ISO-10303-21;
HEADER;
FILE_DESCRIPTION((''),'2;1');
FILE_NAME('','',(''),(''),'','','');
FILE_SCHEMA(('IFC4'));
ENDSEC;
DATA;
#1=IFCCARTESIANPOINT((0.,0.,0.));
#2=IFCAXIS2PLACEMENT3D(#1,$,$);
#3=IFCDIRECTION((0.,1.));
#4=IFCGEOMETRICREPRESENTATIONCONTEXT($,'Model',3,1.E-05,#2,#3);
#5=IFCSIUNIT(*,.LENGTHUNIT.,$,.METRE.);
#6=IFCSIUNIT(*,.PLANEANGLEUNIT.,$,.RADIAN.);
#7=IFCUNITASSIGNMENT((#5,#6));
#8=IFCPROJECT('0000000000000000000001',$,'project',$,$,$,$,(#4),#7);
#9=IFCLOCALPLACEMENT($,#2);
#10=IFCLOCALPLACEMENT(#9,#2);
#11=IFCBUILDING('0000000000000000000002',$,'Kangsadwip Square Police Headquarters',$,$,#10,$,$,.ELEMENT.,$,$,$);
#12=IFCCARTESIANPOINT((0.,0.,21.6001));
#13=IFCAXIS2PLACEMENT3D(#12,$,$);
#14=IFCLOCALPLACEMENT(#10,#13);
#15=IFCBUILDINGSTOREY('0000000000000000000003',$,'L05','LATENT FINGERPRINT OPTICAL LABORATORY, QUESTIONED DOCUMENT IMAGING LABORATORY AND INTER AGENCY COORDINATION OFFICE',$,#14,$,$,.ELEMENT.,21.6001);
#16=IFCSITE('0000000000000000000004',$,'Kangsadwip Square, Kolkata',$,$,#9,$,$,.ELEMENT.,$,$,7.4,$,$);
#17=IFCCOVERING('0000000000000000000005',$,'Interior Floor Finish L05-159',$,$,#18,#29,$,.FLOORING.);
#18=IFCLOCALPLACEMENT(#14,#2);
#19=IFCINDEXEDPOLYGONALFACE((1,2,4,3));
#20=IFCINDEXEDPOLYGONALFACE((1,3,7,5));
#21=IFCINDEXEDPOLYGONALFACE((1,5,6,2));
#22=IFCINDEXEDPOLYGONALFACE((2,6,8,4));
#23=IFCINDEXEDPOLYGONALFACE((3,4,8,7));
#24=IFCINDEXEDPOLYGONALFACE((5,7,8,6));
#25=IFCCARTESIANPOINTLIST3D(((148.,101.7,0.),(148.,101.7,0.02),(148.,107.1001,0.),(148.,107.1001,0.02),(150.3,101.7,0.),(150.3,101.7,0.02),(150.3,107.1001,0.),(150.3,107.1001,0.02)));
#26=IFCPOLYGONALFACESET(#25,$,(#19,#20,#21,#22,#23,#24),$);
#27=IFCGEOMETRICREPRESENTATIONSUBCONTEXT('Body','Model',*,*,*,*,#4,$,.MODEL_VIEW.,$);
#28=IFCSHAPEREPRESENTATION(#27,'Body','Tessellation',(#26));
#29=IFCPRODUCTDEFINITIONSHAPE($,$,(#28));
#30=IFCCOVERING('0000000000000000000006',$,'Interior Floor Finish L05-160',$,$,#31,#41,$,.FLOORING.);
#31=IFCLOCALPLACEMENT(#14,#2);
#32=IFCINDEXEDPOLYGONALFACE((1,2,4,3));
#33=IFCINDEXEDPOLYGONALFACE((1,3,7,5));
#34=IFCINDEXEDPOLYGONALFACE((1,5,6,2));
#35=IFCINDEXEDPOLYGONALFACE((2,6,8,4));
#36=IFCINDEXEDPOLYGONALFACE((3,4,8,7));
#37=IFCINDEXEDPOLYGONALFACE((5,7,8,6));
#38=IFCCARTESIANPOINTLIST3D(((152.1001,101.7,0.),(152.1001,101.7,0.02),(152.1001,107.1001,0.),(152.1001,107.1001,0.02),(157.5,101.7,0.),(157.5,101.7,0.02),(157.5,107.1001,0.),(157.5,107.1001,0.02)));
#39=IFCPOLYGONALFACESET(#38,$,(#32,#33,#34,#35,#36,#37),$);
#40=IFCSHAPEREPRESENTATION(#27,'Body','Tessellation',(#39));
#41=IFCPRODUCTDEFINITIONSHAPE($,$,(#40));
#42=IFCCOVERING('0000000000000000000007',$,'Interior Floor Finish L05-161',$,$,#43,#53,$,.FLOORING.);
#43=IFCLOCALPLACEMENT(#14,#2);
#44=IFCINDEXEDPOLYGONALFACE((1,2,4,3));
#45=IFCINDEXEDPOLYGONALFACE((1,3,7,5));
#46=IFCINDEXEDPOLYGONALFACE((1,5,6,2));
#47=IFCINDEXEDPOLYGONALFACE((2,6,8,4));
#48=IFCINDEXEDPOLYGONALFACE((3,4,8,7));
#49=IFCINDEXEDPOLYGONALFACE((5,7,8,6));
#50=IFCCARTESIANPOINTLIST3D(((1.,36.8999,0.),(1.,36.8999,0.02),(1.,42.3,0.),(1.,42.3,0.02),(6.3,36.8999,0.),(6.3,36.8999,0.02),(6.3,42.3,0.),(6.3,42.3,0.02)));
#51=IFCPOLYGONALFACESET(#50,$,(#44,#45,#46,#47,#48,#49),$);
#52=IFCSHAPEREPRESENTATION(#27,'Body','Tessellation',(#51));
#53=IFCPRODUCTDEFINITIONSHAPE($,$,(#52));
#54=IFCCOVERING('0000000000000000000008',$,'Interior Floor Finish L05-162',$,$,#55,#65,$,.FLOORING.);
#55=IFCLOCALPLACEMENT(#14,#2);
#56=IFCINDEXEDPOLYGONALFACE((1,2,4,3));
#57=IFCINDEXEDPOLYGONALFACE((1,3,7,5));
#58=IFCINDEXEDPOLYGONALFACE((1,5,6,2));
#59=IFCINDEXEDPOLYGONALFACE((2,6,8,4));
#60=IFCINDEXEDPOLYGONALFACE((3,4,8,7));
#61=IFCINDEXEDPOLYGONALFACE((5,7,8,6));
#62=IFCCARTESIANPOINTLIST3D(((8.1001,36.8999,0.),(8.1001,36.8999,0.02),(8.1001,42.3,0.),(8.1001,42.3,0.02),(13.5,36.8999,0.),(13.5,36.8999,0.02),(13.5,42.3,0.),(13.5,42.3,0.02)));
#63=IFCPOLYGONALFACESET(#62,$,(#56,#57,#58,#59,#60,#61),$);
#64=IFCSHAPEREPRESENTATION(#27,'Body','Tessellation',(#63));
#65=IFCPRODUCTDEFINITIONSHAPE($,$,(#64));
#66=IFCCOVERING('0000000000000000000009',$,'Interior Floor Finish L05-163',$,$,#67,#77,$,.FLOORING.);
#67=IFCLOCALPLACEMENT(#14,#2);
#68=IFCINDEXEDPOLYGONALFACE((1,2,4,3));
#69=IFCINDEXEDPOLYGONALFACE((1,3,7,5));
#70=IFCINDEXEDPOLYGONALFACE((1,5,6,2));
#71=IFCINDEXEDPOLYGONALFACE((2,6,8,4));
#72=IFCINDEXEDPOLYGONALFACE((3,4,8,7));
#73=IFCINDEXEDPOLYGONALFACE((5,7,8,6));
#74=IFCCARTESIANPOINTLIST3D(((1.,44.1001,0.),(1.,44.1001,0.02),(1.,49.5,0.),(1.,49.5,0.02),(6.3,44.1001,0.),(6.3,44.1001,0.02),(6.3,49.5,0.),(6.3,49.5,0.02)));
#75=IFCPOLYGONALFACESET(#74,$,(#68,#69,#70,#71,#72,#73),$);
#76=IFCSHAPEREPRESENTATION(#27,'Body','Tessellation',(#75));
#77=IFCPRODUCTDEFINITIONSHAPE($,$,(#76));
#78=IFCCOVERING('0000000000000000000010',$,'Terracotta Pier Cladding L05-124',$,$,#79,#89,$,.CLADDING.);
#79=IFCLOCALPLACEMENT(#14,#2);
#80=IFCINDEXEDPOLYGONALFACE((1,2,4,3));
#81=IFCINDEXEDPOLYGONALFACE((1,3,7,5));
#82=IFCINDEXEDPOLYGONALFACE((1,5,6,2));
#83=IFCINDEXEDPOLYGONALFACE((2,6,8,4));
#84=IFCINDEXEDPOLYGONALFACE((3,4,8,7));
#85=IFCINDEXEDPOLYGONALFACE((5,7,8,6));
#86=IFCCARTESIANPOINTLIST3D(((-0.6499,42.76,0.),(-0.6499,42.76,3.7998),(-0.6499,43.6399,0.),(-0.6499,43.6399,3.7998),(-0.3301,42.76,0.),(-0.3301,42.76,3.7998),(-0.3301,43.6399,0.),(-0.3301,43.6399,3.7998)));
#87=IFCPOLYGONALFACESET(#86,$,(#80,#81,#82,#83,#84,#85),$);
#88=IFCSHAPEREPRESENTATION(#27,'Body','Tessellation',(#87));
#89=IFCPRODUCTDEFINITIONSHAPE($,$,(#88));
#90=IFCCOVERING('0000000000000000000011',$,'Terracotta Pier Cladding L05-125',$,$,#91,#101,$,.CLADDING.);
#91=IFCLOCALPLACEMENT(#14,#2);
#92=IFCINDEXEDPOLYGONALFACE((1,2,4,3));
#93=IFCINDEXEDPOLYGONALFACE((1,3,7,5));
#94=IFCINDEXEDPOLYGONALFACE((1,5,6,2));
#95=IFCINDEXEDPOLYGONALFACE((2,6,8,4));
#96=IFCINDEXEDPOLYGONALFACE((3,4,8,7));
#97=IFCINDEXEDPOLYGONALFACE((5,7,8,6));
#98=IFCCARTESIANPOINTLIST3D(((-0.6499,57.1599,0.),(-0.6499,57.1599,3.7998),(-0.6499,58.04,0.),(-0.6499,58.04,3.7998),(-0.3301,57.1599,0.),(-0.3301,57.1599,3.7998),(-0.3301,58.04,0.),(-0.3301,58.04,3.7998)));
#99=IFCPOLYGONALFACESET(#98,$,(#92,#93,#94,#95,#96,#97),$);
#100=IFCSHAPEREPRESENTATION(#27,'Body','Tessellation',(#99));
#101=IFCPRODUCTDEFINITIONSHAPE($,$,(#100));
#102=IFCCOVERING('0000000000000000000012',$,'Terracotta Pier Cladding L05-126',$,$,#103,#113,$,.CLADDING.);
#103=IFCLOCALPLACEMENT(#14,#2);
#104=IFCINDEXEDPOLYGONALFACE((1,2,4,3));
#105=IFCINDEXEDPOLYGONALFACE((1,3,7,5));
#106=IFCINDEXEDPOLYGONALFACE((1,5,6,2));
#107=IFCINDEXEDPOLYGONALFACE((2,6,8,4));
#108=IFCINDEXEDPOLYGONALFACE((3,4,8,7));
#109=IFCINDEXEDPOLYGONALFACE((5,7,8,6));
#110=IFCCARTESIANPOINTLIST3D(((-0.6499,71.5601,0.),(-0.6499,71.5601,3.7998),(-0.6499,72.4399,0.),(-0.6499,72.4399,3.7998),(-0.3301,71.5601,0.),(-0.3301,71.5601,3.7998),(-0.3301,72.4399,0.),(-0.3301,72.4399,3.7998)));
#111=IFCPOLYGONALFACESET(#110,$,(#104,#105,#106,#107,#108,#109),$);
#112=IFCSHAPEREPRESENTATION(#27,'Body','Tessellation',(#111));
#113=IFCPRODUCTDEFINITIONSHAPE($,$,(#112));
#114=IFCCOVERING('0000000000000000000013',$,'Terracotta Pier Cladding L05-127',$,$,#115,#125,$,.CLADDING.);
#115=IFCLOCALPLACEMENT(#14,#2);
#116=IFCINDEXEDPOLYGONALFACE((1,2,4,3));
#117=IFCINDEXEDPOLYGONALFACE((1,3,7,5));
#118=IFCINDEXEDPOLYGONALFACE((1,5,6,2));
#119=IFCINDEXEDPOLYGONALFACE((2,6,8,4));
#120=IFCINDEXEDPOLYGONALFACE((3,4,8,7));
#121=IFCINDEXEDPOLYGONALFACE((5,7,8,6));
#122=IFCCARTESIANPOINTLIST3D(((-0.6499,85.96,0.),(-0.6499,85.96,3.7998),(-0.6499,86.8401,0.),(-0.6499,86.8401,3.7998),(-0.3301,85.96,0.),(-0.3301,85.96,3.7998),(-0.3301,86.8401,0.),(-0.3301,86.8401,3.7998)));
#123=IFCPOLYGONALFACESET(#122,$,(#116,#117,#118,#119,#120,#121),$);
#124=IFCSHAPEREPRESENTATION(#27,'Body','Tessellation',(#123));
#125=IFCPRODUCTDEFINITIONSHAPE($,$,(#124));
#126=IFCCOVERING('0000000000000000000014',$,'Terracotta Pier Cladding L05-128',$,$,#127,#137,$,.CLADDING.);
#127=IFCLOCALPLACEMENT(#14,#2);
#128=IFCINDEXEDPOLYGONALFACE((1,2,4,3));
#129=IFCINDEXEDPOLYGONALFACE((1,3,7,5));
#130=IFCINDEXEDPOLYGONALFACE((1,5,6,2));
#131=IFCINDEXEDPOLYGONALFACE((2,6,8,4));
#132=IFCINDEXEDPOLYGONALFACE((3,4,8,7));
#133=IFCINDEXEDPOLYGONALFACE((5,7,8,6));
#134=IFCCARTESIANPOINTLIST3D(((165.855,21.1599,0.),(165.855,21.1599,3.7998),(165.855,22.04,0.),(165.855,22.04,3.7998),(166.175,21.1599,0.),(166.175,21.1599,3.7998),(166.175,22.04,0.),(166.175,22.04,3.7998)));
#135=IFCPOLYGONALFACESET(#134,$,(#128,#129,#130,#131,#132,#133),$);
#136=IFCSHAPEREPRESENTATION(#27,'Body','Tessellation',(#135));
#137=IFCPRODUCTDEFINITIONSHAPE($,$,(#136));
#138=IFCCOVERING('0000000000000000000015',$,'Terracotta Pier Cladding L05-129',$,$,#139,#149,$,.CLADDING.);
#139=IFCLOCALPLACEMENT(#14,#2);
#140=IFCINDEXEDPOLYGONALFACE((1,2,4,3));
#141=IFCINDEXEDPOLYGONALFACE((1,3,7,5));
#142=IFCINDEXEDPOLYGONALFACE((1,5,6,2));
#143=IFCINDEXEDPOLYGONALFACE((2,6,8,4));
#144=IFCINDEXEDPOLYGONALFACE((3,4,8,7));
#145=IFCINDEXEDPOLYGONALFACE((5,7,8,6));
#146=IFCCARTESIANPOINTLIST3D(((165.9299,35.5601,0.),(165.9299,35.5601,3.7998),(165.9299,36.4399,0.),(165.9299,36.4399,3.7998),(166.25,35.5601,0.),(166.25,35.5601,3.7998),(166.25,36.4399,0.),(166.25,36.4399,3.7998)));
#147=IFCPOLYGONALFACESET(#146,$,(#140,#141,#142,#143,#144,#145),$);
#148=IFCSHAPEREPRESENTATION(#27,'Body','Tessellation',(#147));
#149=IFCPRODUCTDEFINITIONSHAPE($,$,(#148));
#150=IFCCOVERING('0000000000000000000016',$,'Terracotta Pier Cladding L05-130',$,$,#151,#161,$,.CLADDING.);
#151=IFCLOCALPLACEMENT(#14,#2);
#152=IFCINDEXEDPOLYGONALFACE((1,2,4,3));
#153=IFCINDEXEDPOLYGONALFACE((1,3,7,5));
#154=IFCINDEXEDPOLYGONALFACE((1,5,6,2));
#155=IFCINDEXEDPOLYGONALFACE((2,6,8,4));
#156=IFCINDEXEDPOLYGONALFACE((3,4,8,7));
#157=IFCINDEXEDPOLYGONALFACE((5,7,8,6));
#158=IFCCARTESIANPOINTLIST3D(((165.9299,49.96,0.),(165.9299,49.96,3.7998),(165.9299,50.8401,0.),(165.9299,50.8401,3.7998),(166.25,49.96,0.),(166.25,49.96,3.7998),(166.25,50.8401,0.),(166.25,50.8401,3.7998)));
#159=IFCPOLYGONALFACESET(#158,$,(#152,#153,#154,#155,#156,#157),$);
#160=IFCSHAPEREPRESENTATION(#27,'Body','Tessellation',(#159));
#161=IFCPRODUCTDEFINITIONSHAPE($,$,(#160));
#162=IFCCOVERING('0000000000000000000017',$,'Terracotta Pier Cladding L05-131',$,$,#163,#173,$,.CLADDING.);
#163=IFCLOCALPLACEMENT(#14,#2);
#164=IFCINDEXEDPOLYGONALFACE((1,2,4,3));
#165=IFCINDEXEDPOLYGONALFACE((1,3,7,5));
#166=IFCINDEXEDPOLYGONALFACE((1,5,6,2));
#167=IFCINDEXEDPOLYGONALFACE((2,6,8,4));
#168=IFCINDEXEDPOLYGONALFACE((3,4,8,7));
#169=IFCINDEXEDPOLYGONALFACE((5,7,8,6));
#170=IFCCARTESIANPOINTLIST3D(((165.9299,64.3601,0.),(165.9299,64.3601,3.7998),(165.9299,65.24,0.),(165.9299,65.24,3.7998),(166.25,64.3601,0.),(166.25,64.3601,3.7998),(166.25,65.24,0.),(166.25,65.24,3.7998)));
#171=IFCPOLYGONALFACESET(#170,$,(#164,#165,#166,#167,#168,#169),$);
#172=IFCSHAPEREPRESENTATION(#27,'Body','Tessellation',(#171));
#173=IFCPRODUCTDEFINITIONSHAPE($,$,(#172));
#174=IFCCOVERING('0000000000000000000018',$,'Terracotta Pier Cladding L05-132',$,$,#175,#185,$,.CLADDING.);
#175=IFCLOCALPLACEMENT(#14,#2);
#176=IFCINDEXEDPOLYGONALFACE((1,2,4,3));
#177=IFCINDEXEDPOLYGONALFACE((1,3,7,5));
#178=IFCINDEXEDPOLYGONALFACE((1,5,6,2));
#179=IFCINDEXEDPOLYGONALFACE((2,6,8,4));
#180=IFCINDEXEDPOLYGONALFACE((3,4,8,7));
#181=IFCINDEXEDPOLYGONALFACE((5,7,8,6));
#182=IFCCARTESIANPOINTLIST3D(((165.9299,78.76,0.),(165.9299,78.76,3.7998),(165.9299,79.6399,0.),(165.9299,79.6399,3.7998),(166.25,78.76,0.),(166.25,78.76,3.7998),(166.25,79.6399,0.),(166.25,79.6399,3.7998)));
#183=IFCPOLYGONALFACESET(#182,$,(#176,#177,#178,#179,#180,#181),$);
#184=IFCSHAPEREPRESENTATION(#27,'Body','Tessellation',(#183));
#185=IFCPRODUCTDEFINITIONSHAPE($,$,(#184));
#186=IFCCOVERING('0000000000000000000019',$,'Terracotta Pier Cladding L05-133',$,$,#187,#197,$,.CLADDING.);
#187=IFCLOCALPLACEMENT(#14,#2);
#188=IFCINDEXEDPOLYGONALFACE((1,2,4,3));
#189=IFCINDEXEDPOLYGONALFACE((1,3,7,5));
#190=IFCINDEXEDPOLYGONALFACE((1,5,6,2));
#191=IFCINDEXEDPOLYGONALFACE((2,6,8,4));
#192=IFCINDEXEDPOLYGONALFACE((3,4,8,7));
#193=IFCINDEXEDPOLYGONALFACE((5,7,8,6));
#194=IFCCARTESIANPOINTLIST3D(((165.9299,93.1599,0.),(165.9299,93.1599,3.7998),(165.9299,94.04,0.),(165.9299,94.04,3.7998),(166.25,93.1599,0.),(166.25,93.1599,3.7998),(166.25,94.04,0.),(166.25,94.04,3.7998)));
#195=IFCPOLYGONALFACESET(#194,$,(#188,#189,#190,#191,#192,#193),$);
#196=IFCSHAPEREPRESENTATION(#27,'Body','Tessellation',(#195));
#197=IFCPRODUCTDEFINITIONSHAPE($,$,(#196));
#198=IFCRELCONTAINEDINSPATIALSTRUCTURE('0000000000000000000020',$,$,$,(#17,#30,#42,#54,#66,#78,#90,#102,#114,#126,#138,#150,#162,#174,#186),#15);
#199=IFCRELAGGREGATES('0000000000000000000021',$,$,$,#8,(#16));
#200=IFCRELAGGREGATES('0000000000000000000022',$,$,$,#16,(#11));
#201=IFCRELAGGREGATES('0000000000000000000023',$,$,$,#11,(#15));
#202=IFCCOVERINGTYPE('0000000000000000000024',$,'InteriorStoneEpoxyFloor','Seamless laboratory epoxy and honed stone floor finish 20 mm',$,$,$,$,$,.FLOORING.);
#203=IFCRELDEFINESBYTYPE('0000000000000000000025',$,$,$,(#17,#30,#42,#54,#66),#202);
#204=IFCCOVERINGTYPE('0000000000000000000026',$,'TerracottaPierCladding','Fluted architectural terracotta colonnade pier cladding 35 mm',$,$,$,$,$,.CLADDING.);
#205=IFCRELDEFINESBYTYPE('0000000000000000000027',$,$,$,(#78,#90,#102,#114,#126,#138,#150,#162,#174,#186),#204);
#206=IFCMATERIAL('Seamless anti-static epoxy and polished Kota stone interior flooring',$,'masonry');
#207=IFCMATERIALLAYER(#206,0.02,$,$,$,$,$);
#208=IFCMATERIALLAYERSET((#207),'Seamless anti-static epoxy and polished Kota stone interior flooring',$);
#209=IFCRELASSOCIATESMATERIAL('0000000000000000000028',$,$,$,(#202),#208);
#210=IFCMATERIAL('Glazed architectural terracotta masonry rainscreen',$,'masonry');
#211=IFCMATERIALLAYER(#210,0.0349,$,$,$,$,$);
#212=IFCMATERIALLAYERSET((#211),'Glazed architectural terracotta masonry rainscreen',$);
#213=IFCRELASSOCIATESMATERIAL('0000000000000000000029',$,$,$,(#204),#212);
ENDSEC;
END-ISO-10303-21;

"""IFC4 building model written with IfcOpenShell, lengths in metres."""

from ifc_helpers import new_model, si_unit, direction, frame, origin, place, context, subcontext, project, spatial, polyline, outline, extrude, material, layer, layer_set, type_object, element, save


model = new_model("IFC4")

# Units and contexts
model_context = context("Model", 3, precision=1e-05, world=origin(), true_north=direction((0.0, 1.0)))
body_context = subcontext(model_context, "Body", "Model", "MODEL_VIEW")
ifc_project = project(units=[si_unit("LENGTHUNIT", "METRE"), si_unit("PLANEANGLEUNIT", "RADIAN")], contexts=[model_context])

# Site, building, storey
site_placement = place(None, origin())
site = spatial("IfcSite", under=ifc_project, at=site_placement, Name="Kangsadwip Square, Kolkata", CompositionType="ELEMENT", RefElevation=7.4)
building_placement = place(site_placement, origin())
building = spatial("IfcBuilding", under=site, at=building_placement, Name="Kangsadwip Square Police Headquarters", CompositionType="ELEMENT")
storey_placement = place(building_placement, frame((0.0, 0.0, 21.6001)))
storey = spatial("IfcBuildingStorey", under=building, at=storey_placement, Name="L05", Description="LATENT FINGERPRINT OPTICAL LABORATORY, QUESTIONED DOCUMENT IMAGING LABORATORY AND INTER AGENCY COORDINATION OFFICE", CompositionType="ELEMENT", Elevation=21.6001)

# Coverings
ifc_material_1 = material(Name="Seamless anti-static epoxy and polished Kota stone interior flooring", Category="masonry")
ifc_layer_1 = layer(ifc_material_1, 0.02)
ifc_layer_set_1 = layer_set([ifc_layer_1], Name="Seamless anti-static epoxy and polished Kota stone interior flooring")
covering_type_1 = type_object("IfcCoveringType", Name="InteriorStoneEpoxyFloor", Description="Seamless laboratory epoxy and honed stone floor finish 20 mm", PredefinedType="FLOORING", material=ifc_layer_set_1)
covering_1_placement = place(storey_placement, origin())
element("IfcCovering", 1, at=covering_1_placement, inside=storey, type_object=covering_type_1, Name="Interior Floor Finish L05-159", PredefinedType="FLOORING", context=body_context, shape_type="SweptSolid", body=[
    extrude(outline(polyline([(148.0, 101.7), (150.3, 101.7), (150.3, 107.1001), (148.0, 107.1001), (148.0, 101.7)])), origin(), (0.0, 0.0, 1.0), 0.02),
])
covering_2_placement = place(storey_placement, origin())
element("IfcCovering", 2, at=covering_2_placement, inside=storey, type_object=covering_type_1, Name="Interior Floor Finish L05-160", PredefinedType="FLOORING", context=body_context, shape_type="SweptSolid", body=[
    extrude(outline(polyline([(152.1001, 101.7), (157.5, 101.7), (157.5, 107.1001), (152.1001, 107.1001), (152.1001, 101.7)])), origin(), (0.0, 0.0, 1.0), 0.02),
])
covering_3_placement = place(storey_placement, origin())
element("IfcCovering", 3, at=covering_3_placement, inside=storey, type_object=covering_type_1, Name="Interior Floor Finish L05-161", PredefinedType="FLOORING", context=body_context, shape_type="SweptSolid", body=[
    extrude(outline(polyline([(1.0, 36.8999), (6.3, 36.8999), (6.3, 42.3), (1.0, 42.3), (1.0, 36.8999)])), origin(), (0.0, 0.0, 1.0), 0.02),
])
covering_4_placement = place(storey_placement, origin())
element("IfcCovering", 4, at=covering_4_placement, inside=storey, type_object=covering_type_1, Name="Interior Floor Finish L05-162", PredefinedType="FLOORING", context=body_context, shape_type="SweptSolid", body=[
    extrude(outline(polyline([(8.1001, 36.8999), (13.5, 36.8999), (13.5, 42.3), (8.1001, 42.3), (8.1001, 36.8999)])), origin(), (0.0, 0.0, 1.0), 0.02),
])
covering_5_placement = place(storey_placement, origin())
element("IfcCovering", 5, at=covering_5_placement, inside=storey, type_object=covering_type_1, Name="Interior Floor Finish L05-163", PredefinedType="FLOORING", context=body_context, shape_type="SweptSolid", body=[
    extrude(outline(polyline([(1.0, 44.1001), (6.3, 44.1001), (6.3, 49.5), (1.0, 49.5), (1.0, 44.1001)])), origin(), (0.0, 0.0, 1.0), 0.02),
])
ifc_material_2 = material(Name="Glazed architectural terracotta masonry rainscreen", Category="masonry")
ifc_layer_2 = layer(ifc_material_2, 0.0349)
ifc_layer_set_2 = layer_set([ifc_layer_2], Name="Glazed architectural terracotta masonry rainscreen")
covering_type_2 = type_object("IfcCoveringType", Name="TerracottaPierCladding", Description="Fluted architectural terracotta colonnade pier cladding 35 mm", PredefinedType="CLADDING", material=ifc_layer_set_2)
covering_6_placement = place(storey_placement, origin())
element("IfcCovering", 6, at=covering_6_placement, inside=storey, type_object=covering_type_2, Name="Terracotta Pier Cladding L05-124", PredefinedType="CLADDING", context=body_context, shape_type="SweptSolid", body=[
    extrude(outline(polyline([(-0.6499, 42.76), (-0.3301, 42.76), (-0.3301, 43.6399), (-0.6499, 43.6399), (-0.6499, 42.76)])), origin(), (0.0, 0.0, 1.0), 3.7998),
])
covering_7_placement = place(storey_placement, origin())
element("IfcCovering", 7, at=covering_7_placement, inside=storey, type_object=covering_type_2, Name="Terracotta Pier Cladding L05-125", PredefinedType="CLADDING", context=body_context, shape_type="SweptSolid", body=[
    extrude(outline(polyline([(-0.6499, 57.1599), (-0.3301, 57.1599), (-0.3301, 58.04), (-0.6499, 58.04), (-0.6499, 57.1599)])), origin(), (0.0, 0.0, 1.0), 3.7998),
])
covering_8_placement = place(storey_placement, origin())
element("IfcCovering", 8, at=covering_8_placement, inside=storey, type_object=covering_type_2, Name="Terracotta Pier Cladding L05-126", PredefinedType="CLADDING", context=body_context, shape_type="SweptSolid", body=[
    extrude(outline(polyline([(-0.6499, 71.5601), (-0.3301, 71.5601), (-0.3301, 72.4399), (-0.6499, 72.4399), (-0.6499, 71.5601)])), origin(), (0.0, 0.0, 1.0), 3.7998),
])
covering_9_placement = place(storey_placement, origin())
element("IfcCovering", 9, at=covering_9_placement, inside=storey, type_object=covering_type_2, Name="Terracotta Pier Cladding L05-127", PredefinedType="CLADDING", context=body_context, shape_type="SweptSolid", body=[
    extrude(outline(polyline([(-0.6499, 85.96), (-0.3301, 85.96), (-0.3301, 86.8401), (-0.6499, 86.8401), (-0.6499, 85.96)])), origin(), (0.0, 0.0, 1.0), 3.7998),
])
covering_10_placement = place(storey_placement, origin())
element("IfcCovering", 10, at=covering_10_placement, inside=storey, type_object=covering_type_2, Name="Terracotta Pier Cladding L05-128", PredefinedType="CLADDING", context=body_context, shape_type="SweptSolid", body=[
    extrude(outline(polyline([(165.855, 21.1599), (166.175, 21.1599), (166.175, 22.04), (165.855, 22.04), (165.855, 21.1599)])), origin(), (0.0, 0.0, 1.0), 3.7998),
])
covering_11_placement = place(storey_placement, origin())
element("IfcCovering", 11, at=covering_11_placement, inside=storey, type_object=covering_type_2, Name="Terracotta Pier Cladding L05-129", PredefinedType="CLADDING", context=body_context, shape_type="SweptSolid", body=[
    extrude(outline(polyline([(165.9299, 35.5601), (166.25, 35.5601), (166.25, 36.4399), (165.9299, 36.4399), (165.9299, 35.5601)])), origin(), (0.0, 0.0, 1.0), 3.7998),
])
covering_12_placement = place(storey_placement, origin())
element("IfcCovering", 12, at=covering_12_placement, inside=storey, type_object=covering_type_2, Name="Terracotta Pier Cladding L05-130", PredefinedType="CLADDING", context=body_context, shape_type="SweptSolid", body=[
    extrude(outline(polyline([(165.9299, 49.96), (166.25, 49.96), (166.25, 50.8401), (165.9299, 50.8401), (165.9299, 49.96)])), origin(), (0.0, 0.0, 1.0), 3.7998),
])
covering_13_placement = place(storey_placement, origin())
element("IfcCovering", 13, at=covering_13_placement, inside=storey, type_object=covering_type_2, Name="Terracotta Pier Cladding L05-131", PredefinedType="CLADDING", context=body_context, shape_type="SweptSolid", body=[
    extrude(outline(polyline([(165.9299, 64.3601), (166.25, 64.3601), (166.25, 65.24), (165.9299, 65.24), (165.9299, 64.3601)])), origin(), (0.0, 0.0, 1.0), 3.7998),
])
covering_14_placement = place(storey_placement, origin())
element("IfcCovering", 14, at=covering_14_placement, inside=storey, type_object=covering_type_2, Name="Terracotta Pier Cladding L05-132", PredefinedType="CLADDING", context=body_context, shape_type="SweptSolid", body=[
    extrude(outline(polyline([(165.9299, 78.76), (166.25, 78.76), (166.25, 79.6399), (165.9299, 79.6399), (165.9299, 78.76)])), origin(), (0.0, 0.0, 1.0), 3.7998),
])
covering_15_placement = place(storey_placement, origin())
element("IfcCovering", 15, at=covering_15_placement, inside=storey, type_object=covering_type_2, Name="Terracotta Pier Cladding L05-133", PredefinedType="CLADDING", context=body_context, shape_type="SweptSolid", body=[
    extrude(outline(polyline([(165.9299, 93.1599), (166.25, 93.1599), (166.25, 94.04), (165.9299, 94.04), (165.9299, 93.1599)])), origin(), (0.0, 0.0, 1.0), 3.7998),
])

save(model, "model.ifc")
